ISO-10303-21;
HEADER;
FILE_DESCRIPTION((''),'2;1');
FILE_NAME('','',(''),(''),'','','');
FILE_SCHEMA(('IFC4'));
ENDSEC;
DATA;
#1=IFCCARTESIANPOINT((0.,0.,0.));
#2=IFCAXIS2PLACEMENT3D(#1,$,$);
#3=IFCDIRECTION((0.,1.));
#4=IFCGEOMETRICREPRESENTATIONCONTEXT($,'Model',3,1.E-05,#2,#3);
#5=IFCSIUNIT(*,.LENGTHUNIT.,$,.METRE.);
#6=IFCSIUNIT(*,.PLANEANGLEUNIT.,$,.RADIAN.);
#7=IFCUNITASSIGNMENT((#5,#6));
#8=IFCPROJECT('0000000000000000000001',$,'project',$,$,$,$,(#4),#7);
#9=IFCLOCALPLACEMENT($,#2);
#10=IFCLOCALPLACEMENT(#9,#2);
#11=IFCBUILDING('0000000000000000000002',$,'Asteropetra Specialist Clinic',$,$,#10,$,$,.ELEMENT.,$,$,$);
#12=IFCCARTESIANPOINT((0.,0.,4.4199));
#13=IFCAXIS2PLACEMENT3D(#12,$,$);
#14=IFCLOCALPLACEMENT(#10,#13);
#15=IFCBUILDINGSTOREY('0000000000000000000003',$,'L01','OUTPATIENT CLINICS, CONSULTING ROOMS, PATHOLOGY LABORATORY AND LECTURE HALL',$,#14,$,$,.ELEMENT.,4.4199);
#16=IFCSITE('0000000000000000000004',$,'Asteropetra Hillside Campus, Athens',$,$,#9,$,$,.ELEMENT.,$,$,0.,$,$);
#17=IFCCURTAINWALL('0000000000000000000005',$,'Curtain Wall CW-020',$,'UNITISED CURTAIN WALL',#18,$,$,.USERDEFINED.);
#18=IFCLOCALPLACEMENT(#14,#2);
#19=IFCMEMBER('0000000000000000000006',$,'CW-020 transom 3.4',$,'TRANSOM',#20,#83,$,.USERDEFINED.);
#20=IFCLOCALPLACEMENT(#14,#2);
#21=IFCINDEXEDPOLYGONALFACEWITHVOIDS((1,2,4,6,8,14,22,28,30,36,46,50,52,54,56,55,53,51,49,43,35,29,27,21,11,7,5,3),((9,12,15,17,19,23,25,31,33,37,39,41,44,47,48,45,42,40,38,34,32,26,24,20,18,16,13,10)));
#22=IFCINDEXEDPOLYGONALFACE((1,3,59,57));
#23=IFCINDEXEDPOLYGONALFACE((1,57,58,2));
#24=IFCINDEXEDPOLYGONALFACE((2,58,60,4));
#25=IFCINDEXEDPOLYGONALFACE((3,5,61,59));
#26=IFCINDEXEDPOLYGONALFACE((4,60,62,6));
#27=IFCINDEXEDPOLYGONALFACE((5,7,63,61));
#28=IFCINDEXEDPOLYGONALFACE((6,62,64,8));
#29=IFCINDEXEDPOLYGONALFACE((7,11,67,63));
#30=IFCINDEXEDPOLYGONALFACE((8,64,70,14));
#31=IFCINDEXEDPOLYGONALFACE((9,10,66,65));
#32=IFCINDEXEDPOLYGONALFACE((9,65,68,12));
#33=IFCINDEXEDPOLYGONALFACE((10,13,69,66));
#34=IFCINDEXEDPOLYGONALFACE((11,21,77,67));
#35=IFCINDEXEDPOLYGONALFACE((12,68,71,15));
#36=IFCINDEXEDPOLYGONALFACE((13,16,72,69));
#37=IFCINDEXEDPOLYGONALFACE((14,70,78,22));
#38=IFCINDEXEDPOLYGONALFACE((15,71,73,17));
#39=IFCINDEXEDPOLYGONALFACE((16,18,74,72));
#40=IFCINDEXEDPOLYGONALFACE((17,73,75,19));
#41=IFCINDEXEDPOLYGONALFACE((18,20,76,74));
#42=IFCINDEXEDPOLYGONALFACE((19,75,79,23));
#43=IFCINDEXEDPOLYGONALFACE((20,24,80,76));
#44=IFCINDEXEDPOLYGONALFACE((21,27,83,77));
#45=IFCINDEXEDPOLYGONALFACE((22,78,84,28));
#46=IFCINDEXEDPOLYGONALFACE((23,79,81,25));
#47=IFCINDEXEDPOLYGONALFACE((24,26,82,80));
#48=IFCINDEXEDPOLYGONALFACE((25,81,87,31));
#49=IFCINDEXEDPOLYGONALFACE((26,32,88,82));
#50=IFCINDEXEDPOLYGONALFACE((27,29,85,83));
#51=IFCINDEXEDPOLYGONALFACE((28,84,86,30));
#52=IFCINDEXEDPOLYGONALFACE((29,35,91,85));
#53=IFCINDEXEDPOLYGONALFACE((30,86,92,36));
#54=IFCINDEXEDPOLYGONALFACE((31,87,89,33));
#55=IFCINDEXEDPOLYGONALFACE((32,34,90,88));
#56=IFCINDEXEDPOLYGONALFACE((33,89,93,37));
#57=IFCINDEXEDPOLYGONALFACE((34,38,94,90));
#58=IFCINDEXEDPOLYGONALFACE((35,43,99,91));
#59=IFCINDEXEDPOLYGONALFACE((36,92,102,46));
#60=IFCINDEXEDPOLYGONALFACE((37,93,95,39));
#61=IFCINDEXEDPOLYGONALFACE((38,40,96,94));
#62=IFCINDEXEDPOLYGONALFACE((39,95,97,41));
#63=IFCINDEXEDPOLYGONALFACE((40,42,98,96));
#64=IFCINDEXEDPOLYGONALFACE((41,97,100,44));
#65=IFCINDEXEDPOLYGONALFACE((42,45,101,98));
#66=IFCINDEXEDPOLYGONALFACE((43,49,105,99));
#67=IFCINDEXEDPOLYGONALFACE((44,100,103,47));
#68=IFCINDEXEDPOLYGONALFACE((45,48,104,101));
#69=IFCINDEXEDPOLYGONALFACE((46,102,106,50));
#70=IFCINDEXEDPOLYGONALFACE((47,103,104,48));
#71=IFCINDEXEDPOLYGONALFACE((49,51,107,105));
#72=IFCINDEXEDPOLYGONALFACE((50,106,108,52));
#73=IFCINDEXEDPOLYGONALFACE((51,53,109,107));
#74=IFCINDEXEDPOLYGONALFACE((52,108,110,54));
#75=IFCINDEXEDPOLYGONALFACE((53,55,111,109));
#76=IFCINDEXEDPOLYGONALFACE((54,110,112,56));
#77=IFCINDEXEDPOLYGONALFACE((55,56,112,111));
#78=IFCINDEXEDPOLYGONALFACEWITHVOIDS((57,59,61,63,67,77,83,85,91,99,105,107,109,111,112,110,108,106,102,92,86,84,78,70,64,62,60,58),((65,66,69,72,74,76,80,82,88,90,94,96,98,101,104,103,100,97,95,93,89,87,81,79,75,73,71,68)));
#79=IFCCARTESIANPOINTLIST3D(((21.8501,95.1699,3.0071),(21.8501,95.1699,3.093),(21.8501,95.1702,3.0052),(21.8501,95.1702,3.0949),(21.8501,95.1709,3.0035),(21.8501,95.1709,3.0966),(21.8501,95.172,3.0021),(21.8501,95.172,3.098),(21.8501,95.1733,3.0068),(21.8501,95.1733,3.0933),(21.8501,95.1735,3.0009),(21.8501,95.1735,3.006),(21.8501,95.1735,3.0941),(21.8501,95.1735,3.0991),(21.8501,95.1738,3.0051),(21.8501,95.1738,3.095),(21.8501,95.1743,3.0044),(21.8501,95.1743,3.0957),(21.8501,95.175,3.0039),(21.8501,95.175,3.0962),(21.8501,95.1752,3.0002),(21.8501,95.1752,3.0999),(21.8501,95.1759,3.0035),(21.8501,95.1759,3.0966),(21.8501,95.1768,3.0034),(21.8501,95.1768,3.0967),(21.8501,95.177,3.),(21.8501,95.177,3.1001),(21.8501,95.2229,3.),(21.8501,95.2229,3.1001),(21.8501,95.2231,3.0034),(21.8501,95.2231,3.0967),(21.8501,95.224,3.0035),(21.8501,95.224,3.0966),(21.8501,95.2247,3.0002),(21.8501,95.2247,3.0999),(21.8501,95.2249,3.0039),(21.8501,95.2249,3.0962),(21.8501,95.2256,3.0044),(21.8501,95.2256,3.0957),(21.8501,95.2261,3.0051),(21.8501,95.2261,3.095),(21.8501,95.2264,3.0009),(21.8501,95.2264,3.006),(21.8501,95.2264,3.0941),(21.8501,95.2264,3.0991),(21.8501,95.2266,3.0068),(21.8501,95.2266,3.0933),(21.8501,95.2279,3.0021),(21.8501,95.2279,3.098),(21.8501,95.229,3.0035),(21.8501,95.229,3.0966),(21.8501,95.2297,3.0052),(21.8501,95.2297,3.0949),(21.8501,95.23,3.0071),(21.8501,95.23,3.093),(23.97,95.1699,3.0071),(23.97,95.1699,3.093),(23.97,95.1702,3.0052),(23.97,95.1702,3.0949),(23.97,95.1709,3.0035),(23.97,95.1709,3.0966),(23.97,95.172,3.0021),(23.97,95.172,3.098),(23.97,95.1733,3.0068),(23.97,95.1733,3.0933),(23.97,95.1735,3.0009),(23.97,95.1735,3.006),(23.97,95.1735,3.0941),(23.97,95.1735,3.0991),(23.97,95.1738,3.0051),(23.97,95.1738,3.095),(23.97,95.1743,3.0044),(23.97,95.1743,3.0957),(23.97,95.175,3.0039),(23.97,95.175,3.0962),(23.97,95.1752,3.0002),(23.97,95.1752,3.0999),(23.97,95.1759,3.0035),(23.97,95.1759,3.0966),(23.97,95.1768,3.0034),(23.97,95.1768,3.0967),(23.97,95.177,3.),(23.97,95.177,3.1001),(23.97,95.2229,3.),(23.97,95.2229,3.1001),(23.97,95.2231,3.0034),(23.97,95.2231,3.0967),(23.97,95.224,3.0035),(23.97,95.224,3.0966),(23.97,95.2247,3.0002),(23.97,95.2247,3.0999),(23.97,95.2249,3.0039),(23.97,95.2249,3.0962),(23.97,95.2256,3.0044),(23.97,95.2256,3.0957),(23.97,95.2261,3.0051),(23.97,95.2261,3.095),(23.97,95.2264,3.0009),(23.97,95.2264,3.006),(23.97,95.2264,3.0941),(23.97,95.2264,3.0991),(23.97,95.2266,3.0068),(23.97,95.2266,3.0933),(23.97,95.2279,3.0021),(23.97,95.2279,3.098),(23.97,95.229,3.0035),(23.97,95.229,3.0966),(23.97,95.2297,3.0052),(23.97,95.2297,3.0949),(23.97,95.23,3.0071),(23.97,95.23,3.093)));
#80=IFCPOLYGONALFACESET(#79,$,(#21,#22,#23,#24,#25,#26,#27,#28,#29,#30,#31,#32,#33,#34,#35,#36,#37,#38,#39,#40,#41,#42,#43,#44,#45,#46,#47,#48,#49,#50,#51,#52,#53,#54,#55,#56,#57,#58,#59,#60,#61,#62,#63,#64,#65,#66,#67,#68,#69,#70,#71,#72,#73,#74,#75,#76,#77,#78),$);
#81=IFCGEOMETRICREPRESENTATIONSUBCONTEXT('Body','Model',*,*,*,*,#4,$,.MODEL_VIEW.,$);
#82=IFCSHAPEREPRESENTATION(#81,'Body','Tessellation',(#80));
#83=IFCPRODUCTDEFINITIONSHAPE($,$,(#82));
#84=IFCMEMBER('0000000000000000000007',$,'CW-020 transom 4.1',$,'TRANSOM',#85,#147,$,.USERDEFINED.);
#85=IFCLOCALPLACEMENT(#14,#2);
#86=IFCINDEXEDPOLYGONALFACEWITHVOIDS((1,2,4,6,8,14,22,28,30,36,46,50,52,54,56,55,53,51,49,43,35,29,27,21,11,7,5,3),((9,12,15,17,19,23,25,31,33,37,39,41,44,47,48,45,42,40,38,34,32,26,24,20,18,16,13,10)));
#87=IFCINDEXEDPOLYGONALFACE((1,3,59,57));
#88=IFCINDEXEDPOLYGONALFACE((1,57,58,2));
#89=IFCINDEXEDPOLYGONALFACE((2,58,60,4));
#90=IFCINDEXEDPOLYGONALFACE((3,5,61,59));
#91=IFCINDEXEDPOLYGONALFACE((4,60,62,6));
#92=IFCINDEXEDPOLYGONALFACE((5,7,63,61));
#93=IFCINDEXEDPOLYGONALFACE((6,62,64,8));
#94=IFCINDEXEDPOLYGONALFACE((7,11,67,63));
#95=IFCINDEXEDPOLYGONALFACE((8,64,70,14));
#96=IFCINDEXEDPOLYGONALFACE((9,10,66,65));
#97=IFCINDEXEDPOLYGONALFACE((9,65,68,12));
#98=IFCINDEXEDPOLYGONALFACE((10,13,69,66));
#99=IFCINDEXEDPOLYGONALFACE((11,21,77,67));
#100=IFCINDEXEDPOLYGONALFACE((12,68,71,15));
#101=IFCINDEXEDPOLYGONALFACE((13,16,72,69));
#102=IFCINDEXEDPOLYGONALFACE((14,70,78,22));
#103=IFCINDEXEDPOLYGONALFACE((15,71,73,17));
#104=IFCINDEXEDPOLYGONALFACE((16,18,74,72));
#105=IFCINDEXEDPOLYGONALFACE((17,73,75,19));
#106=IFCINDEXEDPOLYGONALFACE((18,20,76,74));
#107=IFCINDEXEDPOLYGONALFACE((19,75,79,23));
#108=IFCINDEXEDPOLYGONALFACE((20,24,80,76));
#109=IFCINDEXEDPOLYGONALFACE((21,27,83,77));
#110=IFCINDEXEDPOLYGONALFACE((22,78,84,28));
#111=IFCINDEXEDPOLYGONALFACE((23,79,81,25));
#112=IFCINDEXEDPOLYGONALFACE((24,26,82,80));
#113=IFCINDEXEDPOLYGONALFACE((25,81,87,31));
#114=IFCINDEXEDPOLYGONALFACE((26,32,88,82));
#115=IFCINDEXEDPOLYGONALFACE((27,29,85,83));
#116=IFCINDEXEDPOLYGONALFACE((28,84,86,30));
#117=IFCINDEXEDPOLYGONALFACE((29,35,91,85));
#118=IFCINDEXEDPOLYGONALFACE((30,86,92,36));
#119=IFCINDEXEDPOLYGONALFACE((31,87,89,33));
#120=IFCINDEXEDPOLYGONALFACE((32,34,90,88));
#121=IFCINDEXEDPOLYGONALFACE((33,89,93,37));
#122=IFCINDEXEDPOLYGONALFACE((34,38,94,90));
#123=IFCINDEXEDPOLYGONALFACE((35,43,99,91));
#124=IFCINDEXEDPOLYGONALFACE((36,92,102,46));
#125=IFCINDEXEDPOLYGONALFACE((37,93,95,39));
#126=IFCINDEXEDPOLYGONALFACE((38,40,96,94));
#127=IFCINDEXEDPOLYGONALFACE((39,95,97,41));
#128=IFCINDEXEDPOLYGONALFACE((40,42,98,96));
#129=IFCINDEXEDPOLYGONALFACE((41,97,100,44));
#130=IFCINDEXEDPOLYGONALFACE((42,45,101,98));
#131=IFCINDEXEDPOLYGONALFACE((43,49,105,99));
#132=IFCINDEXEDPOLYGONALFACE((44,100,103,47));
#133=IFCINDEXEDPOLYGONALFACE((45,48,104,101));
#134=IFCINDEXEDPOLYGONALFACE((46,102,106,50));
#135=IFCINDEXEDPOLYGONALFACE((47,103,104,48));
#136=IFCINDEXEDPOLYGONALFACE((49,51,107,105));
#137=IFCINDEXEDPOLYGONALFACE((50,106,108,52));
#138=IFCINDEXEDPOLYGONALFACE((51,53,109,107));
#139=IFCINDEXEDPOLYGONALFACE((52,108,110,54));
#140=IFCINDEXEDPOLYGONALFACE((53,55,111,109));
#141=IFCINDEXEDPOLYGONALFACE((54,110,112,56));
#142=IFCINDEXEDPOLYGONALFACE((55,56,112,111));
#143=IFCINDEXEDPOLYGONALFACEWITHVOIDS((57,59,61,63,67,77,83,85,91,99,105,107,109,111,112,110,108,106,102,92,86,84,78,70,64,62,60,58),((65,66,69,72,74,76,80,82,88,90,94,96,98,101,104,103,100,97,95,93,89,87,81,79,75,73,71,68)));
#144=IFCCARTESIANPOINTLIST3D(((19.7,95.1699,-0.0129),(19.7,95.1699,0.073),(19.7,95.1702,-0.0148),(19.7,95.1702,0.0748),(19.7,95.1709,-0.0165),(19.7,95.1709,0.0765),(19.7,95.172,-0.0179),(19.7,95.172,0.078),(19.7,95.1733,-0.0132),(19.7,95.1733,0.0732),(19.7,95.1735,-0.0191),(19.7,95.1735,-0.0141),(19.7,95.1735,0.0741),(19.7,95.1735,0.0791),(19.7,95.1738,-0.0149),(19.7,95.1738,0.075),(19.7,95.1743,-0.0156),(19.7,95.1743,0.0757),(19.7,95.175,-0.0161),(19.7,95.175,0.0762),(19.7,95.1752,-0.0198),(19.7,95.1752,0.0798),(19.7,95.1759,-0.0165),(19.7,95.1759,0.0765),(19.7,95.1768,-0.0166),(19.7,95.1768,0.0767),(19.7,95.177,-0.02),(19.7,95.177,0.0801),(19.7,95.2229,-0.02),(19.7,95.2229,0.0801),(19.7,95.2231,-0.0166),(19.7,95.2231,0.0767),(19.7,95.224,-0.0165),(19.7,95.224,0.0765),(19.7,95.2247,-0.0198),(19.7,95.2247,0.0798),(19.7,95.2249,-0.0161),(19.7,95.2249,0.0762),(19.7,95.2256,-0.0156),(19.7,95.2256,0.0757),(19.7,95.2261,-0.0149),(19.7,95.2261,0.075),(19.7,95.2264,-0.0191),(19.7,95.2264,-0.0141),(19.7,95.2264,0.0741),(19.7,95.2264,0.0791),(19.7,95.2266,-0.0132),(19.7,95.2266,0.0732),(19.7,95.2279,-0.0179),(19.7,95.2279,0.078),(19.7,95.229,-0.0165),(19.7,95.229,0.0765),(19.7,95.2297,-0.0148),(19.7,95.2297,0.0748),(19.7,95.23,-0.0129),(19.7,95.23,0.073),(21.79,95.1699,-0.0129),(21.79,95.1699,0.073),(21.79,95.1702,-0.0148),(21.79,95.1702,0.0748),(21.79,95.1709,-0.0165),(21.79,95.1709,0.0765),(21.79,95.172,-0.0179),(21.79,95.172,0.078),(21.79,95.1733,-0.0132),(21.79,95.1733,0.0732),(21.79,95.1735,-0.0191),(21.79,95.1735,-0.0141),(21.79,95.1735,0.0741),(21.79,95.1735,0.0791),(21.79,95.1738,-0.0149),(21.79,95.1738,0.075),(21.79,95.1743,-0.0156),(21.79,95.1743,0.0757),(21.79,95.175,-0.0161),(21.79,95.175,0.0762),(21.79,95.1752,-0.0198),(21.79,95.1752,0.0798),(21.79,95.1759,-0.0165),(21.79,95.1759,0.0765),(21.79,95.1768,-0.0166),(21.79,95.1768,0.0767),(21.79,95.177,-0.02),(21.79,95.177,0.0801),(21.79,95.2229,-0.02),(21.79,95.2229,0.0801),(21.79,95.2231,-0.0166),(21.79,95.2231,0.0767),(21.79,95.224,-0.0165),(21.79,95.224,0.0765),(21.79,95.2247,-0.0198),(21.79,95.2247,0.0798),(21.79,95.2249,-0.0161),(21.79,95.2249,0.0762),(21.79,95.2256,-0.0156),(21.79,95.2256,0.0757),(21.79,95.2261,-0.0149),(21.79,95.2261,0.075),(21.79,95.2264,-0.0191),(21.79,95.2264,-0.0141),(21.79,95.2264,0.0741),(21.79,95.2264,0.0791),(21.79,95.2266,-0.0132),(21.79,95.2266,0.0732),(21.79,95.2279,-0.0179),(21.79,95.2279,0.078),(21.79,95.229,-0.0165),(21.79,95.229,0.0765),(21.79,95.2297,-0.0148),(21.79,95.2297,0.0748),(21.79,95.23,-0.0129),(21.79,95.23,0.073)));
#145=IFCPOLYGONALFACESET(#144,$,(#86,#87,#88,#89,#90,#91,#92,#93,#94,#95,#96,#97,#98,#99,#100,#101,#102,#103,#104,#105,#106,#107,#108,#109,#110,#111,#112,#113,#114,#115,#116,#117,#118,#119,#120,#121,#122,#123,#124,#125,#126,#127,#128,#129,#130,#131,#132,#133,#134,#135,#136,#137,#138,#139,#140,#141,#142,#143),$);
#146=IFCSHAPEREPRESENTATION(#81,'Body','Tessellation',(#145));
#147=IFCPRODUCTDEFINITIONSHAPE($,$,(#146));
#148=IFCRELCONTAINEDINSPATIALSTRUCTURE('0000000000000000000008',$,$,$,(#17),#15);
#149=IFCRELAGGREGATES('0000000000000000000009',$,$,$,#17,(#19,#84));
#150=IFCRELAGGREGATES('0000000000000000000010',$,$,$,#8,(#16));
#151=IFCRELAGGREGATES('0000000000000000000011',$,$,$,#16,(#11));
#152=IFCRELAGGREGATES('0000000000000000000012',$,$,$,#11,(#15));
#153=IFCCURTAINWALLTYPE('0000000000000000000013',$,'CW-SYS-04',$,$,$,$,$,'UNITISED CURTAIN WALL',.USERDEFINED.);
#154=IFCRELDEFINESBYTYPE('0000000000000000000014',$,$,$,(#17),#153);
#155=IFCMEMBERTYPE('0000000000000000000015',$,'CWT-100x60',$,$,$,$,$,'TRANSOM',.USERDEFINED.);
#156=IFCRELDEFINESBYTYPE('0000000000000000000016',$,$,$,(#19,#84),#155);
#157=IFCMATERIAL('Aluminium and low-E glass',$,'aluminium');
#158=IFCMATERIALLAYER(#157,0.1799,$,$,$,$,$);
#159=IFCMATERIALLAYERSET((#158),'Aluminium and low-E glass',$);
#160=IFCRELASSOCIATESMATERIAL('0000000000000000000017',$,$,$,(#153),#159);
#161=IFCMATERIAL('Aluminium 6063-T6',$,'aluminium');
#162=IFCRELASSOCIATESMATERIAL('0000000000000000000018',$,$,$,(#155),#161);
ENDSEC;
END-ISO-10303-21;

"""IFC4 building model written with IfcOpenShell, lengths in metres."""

from ifc_helpers import new_model, si_unit, direction, frame, origin, origin_2d, place, context, subcontext, project, spatial, hollow_rectangle, extrude, material, layer, layer_set, material_profile, profile_set, type_object, element, aggregate, save


model = new_model("IFC4")

# Units and contexts
model_context = context("Model", 3, precision=1e-05, world=origin(), true_north=direction((0.0, 1.0)))
body_context = subcontext(model_context, "Body", "Model", "MODEL_VIEW")
ifc_project = project(units=[si_unit("LENGTHUNIT", "METRE"), si_unit("PLANEANGLEUNIT", "RADIAN")], contexts=[model_context])

# Site, building, storey
site_placement = place(None, origin())
site = spatial("IfcSite", under=ifc_project, at=site_placement, Name="Asteropetra Hillside Campus, Athens", CompositionType="ELEMENT", RefElevation=0.0)
building_placement = place(site_placement, origin())
building = spatial("IfcBuilding", under=site, at=building_placement, Name="Asteropetra Specialist Clinic", CompositionType="ELEMENT")
storey_placement = place(building_placement, frame((0.0, 0.0, 4.4199)))
storey = spatial("IfcBuildingStorey", under=building, at=storey_placement, Name="L01", Description="OUTPATIENT CLINICS, CONSULTING ROOMS, PATHOLOGY LABORATORY AND LECTURE HALL", CompositionType="ELEMENT", Elevation=4.4199)

# Curtain wall, members
ifc_material_1 = material(Name="Aluminium and low-E glass", Category="aluminium")
ifc_layer_1 = layer(ifc_material_1, 0.1799)
ifc_layer_set_1 = layer_set([ifc_layer_1], Name="Aluminium and low-E glass")
curtain_wall_type = type_object("IfcCurtainWallType", Name="CW-SYS-04", ElementType="UNITISED CURTAIN WALL", PredefinedType="USERDEFINED", material=ifc_layer_set_1)
curtain_wall_placement = place(storey_placement, origin())
curtain_wall = element("IfcCurtainWall", 1, at=curtain_wall_placement, inside=storey, type_object=curtain_wall_type, Name="Curtain Wall CW-020", ObjectType="UNITISED CURTAIN WALL", PredefinedType="USERDEFINED")
ifc_material_2 = material(Name="Aluminium 6063-T6", Category="aluminium")
ifc_material_profile_1 = material_profile(ifc_material_2, hollow_rectangle(XDim=0.0601, YDim=0.1001, WallThickness=0.0034, InnerFilletRadius=0.0034, OuterFilletRadius=0.0071, at=origin_2d()), Name="TRN 100x60x3.5")
ifc_profile_set_1 = profile_set([ifc_material_profile_1], Name="Aluminium 6063-T6")
member_type_1 = type_object("IfcMemberType", Name="CWT-100x60", ElementType="TRANSOM", PredefinedType="USERDEFINED", material=ifc_profile_set_1)
member_1_placement = place(storey_placement, frame((23.97, 95.2, 3.05), z_axis=(-1.0, 0.0, 0.0), x_axis=(0.0, -1.0, 0.0)))
member_1 = element("IfcMember", 2, at=member_1_placement, type_object=member_type_1, Name="CW-020 transom 3.4", ObjectType="TRANSOM", PredefinedType="USERDEFINED", context=body_context, shape_type="SweptSolid", body=[
    extrude(hollow_rectangle(XDim=0.0601, YDim=0.1001, WallThickness=0.0034, InnerFilletRadius=0.0034, OuterFilletRadius=0.0071, at=origin_2d()), origin(), (0.0, 0.0, 1.0), 2.1199),
])
member_2_placement = place(storey_placement, frame((21.79, 95.2, 0.03), z_axis=(-1.0, 0.0, 0.0), x_axis=(0.0, -1.0, 0.0)))
member_2 = element("IfcMember", 3, at=member_2_placement, type_object=member_type_1, Name="CW-020 transom 4.1", ObjectType="TRANSOM", PredefinedType="USERDEFINED", context=body_context, shape_type="SweptSolid", body=[
    extrude(hollow_rectangle(XDim=0.0601, YDim=0.1001, WallThickness=0.0034, InnerFilletRadius=0.0034, OuterFilletRadius=0.0071, at=origin_2d()), origin(), (0.0, 0.0, 1.0), 2.0901),
])
aggregate(curtain_wall, [member_1, member_2])

save(model, "model.ifc")
